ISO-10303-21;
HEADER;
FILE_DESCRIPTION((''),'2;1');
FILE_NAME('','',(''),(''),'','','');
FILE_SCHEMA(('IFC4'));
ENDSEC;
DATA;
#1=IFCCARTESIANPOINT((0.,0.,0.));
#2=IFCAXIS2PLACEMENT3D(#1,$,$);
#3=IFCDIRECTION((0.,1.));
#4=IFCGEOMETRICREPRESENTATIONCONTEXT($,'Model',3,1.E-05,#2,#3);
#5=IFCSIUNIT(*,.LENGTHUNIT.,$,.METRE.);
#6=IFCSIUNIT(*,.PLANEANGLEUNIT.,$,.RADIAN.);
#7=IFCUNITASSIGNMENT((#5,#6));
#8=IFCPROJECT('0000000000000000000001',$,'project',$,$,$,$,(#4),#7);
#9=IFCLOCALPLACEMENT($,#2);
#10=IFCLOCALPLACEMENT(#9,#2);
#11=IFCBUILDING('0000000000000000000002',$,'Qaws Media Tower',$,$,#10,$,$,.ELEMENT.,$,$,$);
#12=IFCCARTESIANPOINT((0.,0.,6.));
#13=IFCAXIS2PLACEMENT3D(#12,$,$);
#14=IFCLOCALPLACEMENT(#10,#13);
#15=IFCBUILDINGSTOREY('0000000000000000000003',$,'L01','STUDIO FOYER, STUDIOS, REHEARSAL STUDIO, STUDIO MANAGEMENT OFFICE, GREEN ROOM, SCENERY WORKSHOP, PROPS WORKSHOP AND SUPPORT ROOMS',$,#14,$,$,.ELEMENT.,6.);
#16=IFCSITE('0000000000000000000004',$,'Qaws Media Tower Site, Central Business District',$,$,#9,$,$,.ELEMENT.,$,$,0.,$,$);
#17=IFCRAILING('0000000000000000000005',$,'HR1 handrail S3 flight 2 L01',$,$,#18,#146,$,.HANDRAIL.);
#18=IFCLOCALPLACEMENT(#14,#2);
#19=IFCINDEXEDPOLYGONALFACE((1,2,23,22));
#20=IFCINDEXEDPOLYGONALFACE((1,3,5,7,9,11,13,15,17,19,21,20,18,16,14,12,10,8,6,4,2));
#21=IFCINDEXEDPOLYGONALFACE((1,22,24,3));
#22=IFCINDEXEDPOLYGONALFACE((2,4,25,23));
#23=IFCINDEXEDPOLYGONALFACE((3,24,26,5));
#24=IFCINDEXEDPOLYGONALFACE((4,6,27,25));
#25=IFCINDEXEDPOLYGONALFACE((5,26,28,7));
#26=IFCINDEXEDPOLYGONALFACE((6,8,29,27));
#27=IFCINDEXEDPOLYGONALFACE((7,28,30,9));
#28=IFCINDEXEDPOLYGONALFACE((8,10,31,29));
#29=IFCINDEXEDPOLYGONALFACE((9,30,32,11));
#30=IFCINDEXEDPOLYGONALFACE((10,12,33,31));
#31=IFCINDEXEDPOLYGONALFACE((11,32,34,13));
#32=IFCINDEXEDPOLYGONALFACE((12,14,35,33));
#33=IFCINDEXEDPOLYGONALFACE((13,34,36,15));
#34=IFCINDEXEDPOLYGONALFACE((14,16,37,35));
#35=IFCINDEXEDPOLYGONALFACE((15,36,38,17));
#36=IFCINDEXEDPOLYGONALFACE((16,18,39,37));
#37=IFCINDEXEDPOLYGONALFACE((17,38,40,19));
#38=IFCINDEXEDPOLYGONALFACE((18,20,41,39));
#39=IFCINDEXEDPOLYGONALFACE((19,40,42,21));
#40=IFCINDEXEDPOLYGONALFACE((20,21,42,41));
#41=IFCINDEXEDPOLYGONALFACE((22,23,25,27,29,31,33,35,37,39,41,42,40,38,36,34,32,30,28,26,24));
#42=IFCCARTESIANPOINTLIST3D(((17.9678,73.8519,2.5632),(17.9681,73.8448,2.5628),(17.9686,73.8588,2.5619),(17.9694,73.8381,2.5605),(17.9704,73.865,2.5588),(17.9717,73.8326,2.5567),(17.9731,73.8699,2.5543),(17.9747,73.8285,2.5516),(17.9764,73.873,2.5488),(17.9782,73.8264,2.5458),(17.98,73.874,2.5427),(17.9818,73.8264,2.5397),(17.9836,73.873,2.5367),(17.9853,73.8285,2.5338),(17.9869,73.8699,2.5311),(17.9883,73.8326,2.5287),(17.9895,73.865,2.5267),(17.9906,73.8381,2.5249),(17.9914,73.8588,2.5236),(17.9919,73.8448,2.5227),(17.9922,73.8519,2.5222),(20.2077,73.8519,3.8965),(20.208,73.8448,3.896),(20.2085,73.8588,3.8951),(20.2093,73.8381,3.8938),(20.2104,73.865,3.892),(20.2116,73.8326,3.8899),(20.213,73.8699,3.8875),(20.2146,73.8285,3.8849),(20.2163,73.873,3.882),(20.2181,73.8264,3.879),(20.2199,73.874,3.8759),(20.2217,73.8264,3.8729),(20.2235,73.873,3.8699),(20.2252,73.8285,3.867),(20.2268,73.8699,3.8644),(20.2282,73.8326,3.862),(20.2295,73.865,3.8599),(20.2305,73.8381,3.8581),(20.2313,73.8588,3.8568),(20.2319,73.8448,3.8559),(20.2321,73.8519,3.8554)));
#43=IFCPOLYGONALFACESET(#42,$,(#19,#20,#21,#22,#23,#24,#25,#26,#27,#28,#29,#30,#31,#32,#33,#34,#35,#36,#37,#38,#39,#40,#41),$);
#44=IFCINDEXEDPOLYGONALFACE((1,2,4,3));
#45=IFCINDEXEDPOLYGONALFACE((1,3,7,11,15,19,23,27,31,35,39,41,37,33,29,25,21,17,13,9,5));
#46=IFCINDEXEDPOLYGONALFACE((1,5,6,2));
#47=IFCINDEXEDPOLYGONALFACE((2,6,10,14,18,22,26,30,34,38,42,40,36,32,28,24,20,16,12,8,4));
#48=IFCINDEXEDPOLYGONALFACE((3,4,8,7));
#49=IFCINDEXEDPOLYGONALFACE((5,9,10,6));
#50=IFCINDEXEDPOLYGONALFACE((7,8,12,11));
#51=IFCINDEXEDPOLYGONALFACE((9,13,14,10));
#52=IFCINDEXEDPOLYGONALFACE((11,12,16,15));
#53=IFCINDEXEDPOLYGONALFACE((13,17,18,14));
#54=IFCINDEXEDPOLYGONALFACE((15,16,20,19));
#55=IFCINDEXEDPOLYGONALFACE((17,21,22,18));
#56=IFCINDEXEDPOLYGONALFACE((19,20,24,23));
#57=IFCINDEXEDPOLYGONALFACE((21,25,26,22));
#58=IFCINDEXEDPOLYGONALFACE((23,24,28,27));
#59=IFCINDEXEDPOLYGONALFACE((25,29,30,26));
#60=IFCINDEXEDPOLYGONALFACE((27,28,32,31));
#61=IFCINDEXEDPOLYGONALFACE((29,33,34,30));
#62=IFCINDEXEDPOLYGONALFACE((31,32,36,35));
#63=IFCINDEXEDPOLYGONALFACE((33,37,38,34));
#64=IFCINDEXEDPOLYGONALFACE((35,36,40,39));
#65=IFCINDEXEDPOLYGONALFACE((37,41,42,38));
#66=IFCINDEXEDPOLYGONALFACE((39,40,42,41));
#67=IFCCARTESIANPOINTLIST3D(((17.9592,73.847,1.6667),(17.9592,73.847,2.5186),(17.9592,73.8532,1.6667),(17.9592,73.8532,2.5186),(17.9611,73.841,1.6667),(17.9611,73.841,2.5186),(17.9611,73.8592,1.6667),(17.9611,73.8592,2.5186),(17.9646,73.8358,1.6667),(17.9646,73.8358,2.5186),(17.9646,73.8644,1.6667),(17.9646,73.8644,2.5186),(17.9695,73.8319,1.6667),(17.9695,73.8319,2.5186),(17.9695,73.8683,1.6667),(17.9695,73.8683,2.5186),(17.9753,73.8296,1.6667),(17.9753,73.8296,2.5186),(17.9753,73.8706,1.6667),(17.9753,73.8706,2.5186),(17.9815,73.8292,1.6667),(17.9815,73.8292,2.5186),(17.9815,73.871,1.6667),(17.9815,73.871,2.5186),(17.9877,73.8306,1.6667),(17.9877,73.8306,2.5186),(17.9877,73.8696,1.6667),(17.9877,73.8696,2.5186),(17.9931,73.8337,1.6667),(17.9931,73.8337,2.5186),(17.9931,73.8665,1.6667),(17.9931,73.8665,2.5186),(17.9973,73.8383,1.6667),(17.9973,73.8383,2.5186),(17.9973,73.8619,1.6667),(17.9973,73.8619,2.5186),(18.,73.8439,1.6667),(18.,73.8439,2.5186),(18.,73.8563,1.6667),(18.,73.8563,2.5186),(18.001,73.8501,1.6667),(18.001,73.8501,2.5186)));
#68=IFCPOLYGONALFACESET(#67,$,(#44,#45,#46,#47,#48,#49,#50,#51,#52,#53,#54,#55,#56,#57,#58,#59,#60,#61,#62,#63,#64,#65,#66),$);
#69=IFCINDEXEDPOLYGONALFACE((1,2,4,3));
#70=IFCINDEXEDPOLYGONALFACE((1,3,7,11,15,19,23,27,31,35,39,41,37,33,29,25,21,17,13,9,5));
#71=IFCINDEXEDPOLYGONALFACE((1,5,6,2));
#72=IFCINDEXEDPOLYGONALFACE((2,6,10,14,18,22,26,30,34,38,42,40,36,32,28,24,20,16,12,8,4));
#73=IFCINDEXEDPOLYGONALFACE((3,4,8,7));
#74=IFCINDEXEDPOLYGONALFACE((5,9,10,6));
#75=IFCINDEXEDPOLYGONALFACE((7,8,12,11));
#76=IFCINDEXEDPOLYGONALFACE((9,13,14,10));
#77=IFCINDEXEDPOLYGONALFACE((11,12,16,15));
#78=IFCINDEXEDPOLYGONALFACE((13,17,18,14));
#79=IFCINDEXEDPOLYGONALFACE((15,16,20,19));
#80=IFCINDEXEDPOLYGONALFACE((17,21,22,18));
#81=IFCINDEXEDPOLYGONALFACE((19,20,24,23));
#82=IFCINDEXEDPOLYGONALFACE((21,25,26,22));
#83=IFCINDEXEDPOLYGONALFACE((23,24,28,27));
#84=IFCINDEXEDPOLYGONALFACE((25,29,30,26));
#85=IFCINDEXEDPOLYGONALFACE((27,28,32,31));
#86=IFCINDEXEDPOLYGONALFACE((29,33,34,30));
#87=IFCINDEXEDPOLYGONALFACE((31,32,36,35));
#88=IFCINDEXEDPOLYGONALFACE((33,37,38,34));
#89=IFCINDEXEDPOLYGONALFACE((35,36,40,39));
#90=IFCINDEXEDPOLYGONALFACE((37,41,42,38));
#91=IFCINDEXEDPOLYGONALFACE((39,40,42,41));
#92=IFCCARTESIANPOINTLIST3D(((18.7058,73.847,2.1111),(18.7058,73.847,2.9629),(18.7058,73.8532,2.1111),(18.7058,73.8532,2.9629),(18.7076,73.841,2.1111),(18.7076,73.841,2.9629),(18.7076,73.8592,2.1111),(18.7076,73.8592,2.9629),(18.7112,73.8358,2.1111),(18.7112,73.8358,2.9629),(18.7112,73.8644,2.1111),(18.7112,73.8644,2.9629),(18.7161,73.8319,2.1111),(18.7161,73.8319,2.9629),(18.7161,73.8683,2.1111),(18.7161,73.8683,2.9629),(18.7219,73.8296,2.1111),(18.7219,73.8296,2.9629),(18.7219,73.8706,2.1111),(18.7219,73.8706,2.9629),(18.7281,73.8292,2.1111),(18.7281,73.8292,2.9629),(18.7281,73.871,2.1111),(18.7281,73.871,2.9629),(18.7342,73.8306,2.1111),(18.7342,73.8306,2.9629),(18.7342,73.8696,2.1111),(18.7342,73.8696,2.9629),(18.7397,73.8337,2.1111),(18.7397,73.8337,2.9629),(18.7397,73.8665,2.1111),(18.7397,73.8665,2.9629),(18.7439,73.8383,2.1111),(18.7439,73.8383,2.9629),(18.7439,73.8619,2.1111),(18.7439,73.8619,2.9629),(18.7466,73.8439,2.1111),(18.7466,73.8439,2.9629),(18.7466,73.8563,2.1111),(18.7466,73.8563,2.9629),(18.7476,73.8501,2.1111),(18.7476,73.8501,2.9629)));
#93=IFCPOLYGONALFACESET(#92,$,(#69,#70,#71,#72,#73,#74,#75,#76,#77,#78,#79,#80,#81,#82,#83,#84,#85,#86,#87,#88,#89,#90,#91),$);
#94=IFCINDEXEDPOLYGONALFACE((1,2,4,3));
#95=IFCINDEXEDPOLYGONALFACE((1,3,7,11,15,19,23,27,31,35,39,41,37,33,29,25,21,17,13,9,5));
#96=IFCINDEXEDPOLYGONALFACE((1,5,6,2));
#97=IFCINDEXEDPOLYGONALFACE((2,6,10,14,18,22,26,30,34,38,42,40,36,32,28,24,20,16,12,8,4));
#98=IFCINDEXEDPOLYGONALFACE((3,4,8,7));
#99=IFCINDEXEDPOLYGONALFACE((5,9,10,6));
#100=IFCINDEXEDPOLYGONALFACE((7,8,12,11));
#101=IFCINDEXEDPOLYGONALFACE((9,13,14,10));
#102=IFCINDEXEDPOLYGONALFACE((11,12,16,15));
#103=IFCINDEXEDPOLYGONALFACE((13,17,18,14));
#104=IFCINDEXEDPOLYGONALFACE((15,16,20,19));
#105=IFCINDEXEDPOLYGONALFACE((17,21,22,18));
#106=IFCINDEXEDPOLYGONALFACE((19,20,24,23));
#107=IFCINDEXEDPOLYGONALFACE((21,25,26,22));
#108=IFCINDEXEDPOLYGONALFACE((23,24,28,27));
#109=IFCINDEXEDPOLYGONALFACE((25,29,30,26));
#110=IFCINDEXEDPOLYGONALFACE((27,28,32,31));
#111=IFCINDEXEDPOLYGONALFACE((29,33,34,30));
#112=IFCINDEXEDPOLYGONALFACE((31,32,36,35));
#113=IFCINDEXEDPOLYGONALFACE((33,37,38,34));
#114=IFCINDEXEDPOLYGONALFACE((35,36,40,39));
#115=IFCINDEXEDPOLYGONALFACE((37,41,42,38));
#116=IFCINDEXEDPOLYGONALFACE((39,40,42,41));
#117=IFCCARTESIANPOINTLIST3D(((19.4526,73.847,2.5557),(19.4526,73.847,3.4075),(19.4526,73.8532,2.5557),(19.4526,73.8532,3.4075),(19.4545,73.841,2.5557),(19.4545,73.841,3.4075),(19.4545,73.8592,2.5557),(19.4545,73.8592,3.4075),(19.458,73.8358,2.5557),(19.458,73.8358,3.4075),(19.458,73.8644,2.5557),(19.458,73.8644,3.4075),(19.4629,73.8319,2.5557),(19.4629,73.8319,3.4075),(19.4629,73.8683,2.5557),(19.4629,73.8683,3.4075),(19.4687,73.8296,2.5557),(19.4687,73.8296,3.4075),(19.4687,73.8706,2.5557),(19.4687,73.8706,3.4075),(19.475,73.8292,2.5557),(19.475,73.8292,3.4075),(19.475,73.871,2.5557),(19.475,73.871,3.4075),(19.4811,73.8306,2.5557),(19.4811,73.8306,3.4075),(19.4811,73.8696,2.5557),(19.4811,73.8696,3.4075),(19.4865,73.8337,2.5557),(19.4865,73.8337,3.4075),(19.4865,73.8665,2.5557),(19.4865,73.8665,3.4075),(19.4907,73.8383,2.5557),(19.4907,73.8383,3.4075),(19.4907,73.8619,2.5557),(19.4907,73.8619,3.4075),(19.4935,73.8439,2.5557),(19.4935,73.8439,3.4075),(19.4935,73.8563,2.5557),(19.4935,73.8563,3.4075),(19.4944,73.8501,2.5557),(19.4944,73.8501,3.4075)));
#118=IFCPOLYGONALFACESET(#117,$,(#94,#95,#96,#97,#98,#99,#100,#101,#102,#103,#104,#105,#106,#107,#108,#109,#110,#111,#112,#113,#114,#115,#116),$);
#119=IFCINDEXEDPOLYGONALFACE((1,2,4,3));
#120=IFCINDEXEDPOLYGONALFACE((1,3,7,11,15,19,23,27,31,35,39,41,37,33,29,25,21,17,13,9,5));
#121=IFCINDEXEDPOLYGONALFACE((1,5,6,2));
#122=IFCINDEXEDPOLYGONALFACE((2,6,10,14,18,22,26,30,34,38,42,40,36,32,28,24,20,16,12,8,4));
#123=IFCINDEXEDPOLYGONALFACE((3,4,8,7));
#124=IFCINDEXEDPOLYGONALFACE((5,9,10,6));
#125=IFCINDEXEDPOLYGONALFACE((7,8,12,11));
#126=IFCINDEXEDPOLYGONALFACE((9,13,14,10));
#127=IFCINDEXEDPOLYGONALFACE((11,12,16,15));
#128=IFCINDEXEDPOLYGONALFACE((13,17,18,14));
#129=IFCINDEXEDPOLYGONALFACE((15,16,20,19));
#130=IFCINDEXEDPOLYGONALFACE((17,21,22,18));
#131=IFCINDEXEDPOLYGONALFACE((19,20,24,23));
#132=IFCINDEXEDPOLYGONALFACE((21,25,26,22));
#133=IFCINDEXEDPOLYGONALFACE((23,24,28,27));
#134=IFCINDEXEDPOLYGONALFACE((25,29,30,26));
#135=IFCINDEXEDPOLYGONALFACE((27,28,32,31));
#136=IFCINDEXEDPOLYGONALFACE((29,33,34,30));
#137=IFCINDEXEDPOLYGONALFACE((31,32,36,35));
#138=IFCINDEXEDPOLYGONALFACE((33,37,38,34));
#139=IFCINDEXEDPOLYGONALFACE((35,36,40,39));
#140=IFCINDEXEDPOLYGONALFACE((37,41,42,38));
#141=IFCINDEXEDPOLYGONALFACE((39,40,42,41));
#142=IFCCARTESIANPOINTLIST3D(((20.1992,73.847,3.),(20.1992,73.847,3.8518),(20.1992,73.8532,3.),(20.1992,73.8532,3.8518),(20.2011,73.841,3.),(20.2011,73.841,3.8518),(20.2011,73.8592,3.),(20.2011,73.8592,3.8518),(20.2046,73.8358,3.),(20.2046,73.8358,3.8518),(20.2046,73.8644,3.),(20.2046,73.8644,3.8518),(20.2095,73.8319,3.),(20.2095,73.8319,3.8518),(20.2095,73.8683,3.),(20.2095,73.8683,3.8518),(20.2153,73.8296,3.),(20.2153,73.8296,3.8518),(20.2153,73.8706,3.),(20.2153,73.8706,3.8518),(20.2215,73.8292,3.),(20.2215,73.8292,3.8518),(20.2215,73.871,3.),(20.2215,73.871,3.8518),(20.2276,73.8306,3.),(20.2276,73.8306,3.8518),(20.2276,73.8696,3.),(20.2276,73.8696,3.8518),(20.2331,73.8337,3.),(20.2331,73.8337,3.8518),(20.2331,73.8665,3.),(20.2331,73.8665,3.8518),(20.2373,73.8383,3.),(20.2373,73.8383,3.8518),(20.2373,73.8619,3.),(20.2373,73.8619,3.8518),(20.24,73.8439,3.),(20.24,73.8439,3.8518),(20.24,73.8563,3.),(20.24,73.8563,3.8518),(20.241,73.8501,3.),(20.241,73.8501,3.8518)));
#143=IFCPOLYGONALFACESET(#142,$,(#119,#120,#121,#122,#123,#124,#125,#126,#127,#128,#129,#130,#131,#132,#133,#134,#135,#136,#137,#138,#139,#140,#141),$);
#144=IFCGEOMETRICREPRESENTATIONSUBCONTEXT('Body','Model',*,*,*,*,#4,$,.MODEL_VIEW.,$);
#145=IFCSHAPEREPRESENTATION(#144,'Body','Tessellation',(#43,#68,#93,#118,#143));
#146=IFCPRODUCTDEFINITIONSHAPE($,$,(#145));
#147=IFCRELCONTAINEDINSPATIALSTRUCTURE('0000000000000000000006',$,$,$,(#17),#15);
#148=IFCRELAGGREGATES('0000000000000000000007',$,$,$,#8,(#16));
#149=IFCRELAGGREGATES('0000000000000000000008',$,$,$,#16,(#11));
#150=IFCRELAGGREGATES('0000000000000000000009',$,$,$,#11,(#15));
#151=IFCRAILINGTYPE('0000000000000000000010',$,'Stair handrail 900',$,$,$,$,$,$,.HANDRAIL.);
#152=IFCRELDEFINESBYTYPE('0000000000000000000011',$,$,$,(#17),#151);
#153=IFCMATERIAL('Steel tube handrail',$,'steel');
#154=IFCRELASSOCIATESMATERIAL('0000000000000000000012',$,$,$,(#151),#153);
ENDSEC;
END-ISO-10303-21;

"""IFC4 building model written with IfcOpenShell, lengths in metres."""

from ifc_helpers import new_model, si_unit, direction, frame, origin, origin_2d, place, context, subcontext, project, spatial, circle, extrude, material, type_object, element, save


model = new_model("IFC4")

# Units and contexts
model_context = context("Model", 3, precision=1e-05, world=origin(), true_north=direction((0.0, 1.0)))
body_context = subcontext(model_context, "Body", "Model", "MODEL_VIEW")
ifc_project = project(units=[si_unit("LENGTHUNIT", "METRE"), si_unit("PLANEANGLEUNIT", "RADIAN")], contexts=[model_context])

# Site, building, storey
site_placement = place(None, origin())
site = spatial("IfcSite", under=ifc_project, at=site_placement, Name="Qaws Media Tower Site, Central Business District", CompositionType="ELEMENT", RefElevation=0.0)
building_placement = place(site_placement, origin())
building = spatial("IfcBuilding", under=site, at=building_placement, Name="Qaws Media Tower", CompositionType="ELEMENT")
storey_placement = place(building_placement, frame((0.0, 0.0, 6.0)))
storey = spatial("IfcBuildingStorey", under=building, at=storey_placement, Name="L01", Description="STUDIO FOYER, STUDIOS, REHEARSAL STUDIO, STUDIO MANAGEMENT OFFICE, GREEN ROOM, SCENERY WORKSHOP, PROPS WORKSHOP AND SUPPORT ROOMS", CompositionType="ELEMENT", Elevation=6.0)

# Railing
ifc_material_1 = material(Name="Steel tube handrail", Category="steel")
railing_type = type_object("IfcRailingType", Name="Stair handrail 900", PredefinedType="HANDRAIL", material=ifc_material_1)
for number, where, name in (
    (1, (17.98, 73.8501, 1.6667), "HR1 handrail S3 flight 2 L01"),
):
    element("IfcRailing", number, at=place(storey_placement, frame(where)), inside=storey, type_object=railing_type, Name=name, PredefinedType="HANDRAIL", context=body_context, shape_type="SweptSolid", body=[
        extrude(circle(Radius=0.0239, at=origin_2d()), frame((0.0, 0.0, 0.876), z_axis=(0.859306, 0.0, 0.511462), x_axis=(0.0, 1.0, 0.0)), (0.0, 0.0, 1.0), 2.6067),
        extrude(circle(Radius=0.021, at=origin_2d()), origin(), (0.0, 0.0, 1.0), 0.8518),
        extrude(circle(Radius=0.021, at=origin_2d()), frame((0.7466, 0.0, 0.4443)), (0.0, 0.0, 1.0), 0.8518),
        extrude(circle(Radius=0.021, at=origin_2d()), frame((1.4934, 0.0, 0.8889)), (0.0, 0.0, 1.0), 0.8518),
        extrude(circle(Radius=0.021, at=origin_2d()), frame((2.24, 0.0, 1.3333)), (0.0, 0.0, 1.0), 0.8518),
    ])

save(model, "model.ifc")
